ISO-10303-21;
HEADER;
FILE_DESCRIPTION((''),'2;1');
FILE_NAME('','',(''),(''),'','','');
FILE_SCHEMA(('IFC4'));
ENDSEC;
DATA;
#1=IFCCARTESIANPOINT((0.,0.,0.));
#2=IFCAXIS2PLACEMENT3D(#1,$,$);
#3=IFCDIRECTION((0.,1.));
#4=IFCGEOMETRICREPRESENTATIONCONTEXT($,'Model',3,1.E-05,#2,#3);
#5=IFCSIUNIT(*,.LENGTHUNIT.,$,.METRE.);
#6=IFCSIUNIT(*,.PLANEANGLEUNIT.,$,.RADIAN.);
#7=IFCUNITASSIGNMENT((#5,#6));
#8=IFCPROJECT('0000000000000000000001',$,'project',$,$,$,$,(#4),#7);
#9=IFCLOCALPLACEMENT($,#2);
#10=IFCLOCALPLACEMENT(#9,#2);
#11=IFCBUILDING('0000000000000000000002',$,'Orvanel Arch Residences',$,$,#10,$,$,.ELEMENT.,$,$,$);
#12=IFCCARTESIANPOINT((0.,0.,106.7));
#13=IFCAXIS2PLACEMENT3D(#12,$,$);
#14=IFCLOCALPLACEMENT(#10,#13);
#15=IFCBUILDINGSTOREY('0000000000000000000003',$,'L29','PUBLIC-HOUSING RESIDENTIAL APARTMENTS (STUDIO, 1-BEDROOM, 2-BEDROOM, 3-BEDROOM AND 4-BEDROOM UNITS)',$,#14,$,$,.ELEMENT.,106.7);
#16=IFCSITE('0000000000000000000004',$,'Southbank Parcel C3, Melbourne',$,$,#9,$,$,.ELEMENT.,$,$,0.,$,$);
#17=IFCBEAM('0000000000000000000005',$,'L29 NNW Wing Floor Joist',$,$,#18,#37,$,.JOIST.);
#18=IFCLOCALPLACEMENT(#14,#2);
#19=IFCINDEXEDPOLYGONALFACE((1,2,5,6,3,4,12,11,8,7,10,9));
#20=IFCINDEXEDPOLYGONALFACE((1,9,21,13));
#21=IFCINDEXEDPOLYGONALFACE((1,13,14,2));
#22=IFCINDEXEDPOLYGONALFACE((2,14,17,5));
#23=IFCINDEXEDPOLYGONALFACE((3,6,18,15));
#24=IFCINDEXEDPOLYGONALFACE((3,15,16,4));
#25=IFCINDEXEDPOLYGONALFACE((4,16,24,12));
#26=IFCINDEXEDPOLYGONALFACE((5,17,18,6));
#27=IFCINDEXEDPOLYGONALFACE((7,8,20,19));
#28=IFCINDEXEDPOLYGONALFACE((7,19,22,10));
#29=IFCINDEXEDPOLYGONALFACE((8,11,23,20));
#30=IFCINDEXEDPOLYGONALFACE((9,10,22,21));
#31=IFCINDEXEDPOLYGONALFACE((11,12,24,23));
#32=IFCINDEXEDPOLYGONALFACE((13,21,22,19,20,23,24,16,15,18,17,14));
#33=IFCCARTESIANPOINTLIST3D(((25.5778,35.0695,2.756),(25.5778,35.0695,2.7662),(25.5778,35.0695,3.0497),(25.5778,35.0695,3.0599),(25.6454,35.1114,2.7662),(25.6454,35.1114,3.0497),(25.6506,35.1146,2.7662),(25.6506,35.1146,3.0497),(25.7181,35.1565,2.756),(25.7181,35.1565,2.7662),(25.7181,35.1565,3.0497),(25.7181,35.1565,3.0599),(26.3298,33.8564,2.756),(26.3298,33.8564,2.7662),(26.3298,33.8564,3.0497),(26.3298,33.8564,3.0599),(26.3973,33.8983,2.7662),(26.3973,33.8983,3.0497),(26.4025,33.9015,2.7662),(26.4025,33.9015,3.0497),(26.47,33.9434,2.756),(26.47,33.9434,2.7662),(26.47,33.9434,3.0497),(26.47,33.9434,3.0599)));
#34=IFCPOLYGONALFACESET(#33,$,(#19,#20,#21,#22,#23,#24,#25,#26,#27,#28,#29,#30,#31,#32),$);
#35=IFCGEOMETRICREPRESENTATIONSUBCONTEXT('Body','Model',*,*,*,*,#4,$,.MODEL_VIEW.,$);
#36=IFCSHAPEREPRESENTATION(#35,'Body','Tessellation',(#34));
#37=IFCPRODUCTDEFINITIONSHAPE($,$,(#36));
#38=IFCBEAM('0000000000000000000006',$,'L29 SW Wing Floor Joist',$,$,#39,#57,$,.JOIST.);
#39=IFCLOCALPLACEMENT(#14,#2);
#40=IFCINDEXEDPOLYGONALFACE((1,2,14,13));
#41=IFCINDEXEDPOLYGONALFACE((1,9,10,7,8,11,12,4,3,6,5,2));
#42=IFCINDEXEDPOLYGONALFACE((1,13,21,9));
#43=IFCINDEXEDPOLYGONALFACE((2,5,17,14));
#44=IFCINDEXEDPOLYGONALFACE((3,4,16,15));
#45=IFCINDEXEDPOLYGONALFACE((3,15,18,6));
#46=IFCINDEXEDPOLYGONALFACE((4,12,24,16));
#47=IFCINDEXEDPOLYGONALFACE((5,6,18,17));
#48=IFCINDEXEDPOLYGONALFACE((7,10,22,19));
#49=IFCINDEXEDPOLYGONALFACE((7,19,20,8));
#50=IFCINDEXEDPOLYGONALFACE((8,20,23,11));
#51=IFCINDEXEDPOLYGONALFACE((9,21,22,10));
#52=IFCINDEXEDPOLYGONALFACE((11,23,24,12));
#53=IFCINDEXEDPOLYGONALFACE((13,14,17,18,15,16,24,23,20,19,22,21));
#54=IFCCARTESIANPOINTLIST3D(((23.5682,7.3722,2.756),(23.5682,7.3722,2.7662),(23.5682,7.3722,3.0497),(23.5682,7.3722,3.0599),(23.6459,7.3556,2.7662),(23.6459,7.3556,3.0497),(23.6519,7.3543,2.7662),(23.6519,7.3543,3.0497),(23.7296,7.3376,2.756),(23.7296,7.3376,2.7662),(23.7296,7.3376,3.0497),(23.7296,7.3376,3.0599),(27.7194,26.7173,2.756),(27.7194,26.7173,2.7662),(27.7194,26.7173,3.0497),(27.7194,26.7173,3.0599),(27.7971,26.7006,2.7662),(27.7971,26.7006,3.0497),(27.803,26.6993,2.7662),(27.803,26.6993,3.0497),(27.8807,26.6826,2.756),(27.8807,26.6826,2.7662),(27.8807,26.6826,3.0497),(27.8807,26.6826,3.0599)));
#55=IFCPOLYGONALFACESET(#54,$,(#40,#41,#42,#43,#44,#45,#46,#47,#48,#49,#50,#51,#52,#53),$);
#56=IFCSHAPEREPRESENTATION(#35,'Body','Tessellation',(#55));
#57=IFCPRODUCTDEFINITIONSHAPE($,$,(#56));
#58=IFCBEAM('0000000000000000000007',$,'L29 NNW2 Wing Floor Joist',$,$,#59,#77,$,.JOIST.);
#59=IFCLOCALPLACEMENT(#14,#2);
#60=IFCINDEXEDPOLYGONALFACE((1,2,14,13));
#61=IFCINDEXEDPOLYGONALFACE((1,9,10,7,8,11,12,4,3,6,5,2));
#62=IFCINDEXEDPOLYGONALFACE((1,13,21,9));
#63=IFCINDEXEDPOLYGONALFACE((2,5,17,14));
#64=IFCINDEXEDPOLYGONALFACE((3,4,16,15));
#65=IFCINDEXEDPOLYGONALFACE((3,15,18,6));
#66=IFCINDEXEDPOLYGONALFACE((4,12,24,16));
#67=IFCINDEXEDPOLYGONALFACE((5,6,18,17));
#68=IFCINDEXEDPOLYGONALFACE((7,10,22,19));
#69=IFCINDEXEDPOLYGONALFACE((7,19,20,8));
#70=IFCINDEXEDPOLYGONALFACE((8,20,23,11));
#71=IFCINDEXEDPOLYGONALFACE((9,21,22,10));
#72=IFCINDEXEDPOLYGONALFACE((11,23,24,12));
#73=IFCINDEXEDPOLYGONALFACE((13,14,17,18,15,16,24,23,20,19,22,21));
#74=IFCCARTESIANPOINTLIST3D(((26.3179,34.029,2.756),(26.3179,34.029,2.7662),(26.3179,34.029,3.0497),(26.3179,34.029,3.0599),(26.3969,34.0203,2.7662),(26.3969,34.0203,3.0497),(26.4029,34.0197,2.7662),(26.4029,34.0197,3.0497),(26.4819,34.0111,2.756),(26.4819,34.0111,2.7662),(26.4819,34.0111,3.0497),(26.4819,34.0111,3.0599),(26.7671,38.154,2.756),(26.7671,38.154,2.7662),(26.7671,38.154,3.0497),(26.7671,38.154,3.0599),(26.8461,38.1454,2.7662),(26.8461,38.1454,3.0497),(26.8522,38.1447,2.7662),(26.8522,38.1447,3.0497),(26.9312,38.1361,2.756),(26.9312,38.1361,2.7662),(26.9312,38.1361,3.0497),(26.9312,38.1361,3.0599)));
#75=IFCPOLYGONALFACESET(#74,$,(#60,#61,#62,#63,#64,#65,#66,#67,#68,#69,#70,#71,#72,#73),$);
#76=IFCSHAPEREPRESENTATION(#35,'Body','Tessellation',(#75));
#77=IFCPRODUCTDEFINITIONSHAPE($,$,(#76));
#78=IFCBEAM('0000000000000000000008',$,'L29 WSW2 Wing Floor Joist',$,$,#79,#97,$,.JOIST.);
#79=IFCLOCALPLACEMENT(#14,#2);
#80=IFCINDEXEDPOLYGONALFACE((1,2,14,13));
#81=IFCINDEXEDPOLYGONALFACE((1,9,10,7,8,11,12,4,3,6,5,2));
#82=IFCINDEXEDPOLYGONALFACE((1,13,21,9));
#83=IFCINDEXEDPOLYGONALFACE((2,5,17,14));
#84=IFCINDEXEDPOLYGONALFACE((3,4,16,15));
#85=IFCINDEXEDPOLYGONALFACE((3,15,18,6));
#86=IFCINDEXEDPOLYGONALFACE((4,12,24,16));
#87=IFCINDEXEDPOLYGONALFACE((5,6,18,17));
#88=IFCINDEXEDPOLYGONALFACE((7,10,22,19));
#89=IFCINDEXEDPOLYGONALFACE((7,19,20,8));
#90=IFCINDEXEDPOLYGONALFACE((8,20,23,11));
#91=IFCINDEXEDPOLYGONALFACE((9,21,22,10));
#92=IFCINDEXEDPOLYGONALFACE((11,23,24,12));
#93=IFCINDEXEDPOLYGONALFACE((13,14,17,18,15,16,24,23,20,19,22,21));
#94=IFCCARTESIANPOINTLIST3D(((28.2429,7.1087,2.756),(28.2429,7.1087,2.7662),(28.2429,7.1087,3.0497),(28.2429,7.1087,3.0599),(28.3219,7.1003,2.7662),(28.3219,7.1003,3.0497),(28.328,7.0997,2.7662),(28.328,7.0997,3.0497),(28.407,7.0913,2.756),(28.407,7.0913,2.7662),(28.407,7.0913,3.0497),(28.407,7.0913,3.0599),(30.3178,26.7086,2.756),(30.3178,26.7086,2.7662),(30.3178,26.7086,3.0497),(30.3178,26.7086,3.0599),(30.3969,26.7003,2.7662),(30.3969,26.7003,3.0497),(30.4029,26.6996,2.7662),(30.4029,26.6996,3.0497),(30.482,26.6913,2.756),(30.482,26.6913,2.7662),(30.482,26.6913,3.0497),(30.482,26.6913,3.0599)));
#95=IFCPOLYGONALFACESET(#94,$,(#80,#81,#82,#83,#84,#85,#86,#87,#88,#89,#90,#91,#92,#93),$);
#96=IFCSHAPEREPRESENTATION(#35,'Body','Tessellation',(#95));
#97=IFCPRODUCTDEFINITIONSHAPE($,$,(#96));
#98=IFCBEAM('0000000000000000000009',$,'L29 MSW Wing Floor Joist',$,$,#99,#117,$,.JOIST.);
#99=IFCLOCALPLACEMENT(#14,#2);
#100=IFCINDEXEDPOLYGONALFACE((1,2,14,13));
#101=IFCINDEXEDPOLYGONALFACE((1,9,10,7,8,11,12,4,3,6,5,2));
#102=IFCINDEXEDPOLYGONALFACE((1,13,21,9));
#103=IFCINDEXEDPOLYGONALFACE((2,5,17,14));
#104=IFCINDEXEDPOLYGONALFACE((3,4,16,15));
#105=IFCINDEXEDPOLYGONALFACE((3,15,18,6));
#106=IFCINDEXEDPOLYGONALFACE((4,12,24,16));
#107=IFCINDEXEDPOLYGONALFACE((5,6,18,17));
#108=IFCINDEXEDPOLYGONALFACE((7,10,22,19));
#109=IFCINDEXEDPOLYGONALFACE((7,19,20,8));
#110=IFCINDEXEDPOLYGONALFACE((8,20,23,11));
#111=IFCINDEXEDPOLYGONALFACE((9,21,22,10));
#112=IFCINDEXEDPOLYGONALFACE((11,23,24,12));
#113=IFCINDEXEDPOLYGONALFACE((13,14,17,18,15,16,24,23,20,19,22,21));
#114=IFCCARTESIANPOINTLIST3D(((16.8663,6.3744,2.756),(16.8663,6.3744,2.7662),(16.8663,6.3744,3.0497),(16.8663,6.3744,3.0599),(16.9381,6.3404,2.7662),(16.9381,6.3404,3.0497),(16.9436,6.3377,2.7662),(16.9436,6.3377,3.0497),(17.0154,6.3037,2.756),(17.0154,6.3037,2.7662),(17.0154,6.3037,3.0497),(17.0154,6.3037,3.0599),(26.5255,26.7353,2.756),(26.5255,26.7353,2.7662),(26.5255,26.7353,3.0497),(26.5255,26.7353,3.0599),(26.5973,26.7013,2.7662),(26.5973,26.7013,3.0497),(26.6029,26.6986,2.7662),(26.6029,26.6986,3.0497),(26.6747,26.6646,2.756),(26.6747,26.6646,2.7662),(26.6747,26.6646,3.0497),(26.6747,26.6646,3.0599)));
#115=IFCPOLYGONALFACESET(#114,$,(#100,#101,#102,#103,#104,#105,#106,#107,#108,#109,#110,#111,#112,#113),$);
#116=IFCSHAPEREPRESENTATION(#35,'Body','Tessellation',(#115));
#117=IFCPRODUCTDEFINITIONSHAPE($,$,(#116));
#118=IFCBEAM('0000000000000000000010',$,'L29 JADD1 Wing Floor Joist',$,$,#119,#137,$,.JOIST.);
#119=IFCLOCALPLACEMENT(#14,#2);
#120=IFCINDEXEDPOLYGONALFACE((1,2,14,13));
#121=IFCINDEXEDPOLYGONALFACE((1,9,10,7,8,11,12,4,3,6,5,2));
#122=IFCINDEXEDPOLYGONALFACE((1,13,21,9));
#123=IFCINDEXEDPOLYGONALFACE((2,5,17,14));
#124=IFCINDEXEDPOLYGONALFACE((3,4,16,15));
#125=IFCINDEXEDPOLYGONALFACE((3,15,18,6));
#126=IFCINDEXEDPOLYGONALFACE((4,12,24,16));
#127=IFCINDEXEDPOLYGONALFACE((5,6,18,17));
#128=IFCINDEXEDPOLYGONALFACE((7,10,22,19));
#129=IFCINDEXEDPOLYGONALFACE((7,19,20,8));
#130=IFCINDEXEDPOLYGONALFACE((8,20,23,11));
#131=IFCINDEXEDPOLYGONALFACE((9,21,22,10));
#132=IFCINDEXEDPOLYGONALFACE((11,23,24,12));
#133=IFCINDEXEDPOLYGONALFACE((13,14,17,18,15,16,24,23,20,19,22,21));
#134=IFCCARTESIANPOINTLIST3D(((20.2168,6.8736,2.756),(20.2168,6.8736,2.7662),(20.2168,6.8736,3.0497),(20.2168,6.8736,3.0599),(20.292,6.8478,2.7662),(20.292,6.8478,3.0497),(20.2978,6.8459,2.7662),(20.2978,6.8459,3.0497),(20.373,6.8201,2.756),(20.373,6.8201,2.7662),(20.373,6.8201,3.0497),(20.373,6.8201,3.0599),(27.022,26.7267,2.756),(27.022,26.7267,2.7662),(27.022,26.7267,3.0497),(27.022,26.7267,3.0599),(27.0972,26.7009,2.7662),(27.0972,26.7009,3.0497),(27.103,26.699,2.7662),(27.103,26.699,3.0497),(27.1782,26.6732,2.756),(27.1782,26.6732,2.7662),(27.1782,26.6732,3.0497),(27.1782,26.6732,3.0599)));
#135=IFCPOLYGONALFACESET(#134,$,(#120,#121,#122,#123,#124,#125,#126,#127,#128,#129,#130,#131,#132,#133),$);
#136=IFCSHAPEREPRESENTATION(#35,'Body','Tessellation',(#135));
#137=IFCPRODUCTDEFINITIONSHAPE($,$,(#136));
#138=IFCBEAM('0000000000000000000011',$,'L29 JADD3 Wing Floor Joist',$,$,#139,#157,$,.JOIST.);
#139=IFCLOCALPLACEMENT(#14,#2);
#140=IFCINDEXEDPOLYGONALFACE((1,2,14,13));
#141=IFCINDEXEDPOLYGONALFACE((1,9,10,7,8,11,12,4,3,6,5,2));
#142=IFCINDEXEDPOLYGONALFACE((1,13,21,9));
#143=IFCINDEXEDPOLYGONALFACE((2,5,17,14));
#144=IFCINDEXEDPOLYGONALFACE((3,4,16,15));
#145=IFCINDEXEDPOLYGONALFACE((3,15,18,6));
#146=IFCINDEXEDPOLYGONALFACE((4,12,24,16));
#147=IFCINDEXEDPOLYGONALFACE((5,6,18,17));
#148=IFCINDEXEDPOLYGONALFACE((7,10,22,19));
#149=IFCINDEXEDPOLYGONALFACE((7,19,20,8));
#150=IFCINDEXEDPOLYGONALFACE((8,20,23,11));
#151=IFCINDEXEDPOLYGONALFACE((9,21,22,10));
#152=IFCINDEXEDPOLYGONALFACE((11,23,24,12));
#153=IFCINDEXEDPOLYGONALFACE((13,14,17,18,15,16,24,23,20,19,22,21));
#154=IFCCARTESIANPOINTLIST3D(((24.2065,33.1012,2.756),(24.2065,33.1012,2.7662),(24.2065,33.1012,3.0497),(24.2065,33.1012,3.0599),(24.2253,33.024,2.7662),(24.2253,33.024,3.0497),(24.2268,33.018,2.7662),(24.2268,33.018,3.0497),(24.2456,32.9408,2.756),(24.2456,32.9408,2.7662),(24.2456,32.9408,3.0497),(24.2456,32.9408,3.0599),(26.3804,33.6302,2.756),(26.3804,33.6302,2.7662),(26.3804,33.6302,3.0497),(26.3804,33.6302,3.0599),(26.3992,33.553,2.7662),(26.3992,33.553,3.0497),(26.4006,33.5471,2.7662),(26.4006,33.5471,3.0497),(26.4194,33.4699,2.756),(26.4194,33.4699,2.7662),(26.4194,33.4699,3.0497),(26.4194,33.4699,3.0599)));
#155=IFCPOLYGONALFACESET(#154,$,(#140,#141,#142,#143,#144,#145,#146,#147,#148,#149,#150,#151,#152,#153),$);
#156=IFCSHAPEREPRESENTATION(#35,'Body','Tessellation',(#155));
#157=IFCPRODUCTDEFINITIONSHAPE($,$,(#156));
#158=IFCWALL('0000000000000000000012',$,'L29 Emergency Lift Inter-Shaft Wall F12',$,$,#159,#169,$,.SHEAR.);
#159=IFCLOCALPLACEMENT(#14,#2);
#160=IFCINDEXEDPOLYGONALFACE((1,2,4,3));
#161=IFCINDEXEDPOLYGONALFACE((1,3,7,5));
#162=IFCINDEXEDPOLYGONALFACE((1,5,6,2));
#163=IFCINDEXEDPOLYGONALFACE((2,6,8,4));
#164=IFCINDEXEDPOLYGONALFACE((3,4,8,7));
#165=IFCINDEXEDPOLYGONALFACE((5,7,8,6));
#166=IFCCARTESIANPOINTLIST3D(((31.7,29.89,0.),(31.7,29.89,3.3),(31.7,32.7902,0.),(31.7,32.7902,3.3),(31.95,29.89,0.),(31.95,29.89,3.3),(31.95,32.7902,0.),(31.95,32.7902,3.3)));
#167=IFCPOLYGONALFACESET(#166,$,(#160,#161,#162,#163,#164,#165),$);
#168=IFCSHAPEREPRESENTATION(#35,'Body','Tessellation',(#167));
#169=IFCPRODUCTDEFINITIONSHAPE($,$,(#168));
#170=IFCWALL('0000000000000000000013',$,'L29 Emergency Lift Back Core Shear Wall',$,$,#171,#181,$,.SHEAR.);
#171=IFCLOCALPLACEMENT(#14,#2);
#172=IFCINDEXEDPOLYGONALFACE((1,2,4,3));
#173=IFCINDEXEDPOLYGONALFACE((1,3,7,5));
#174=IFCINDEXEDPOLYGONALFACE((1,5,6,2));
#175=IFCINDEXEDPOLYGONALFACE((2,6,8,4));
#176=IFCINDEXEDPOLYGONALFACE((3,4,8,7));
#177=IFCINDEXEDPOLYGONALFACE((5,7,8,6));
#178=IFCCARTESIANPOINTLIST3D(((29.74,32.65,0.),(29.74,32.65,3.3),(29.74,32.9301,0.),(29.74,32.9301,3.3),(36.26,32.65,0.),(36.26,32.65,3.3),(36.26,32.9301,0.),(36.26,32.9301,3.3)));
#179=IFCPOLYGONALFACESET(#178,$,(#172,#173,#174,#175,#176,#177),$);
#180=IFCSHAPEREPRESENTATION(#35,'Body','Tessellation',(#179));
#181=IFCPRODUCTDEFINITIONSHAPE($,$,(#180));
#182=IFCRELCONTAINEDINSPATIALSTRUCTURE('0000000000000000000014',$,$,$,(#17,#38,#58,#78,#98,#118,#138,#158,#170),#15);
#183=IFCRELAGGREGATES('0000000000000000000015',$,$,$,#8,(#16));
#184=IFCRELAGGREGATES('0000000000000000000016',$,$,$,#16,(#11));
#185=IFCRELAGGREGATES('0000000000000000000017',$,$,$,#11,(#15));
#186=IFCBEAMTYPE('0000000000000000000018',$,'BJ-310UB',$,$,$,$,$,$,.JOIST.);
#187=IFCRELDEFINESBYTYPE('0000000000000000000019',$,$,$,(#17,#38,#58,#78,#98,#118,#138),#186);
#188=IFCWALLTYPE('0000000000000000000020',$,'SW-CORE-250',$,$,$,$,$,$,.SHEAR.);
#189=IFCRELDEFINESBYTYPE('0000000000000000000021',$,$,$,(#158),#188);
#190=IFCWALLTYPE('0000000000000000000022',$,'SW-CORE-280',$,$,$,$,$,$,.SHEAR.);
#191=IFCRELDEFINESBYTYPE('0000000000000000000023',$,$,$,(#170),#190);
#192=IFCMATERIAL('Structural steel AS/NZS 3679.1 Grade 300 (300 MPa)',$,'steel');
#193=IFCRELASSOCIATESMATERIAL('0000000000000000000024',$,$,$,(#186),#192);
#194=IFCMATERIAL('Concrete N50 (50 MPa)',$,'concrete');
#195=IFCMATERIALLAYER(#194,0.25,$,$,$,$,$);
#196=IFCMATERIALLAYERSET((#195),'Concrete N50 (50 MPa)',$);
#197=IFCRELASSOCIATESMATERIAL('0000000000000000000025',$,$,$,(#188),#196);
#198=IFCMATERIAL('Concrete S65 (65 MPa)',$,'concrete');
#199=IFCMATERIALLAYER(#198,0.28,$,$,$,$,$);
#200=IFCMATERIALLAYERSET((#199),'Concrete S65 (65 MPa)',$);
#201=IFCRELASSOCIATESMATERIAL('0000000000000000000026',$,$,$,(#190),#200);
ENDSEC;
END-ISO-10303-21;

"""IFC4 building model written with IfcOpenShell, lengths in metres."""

from ifc_helpers import new_model, si_unit, direction, frame, frame_2d, origin, origin_2d, place, context, subcontext, project, spatial, rectangle, i_section, extrude, material, layer, layer_set, material_profile, profile_set, type_object, element, save


model = new_model("IFC4")

# Units and contexts
model_context = context("Model", 3, precision=1e-05, world=origin(), true_north=direction((0.0, 1.0)))
body_context = subcontext(model_context, "Body", "Model", "MODEL_VIEW")
ifc_project = project(units=[si_unit("LENGTHUNIT", "METRE"), si_unit("PLANEANGLEUNIT", "RADIAN")], contexts=[model_context])

# Site, building, storey
site_placement = place(None, origin())
site = spatial("IfcSite", under=ifc_project, at=site_placement, Name="Southbank Parcel C3, Melbourne", CompositionType="ELEMENT", RefElevation=0.0)
building_placement = place(site_placement, origin())
building = spatial("IfcBuilding", under=site, at=building_placement, Name="Orvanel Arch Residences", CompositionType="ELEMENT")
storey_placement = place(building_placement, frame((0.0, 0.0, 106.7)))
storey = spatial("IfcBuildingStorey", under=building, at=storey_placement, Name="L29", Description="PUBLIC-HOUSING RESIDENTIAL APARTMENTS (STUDIO, 1-BEDROOM, 2-BEDROOM, 3-BEDROOM AND 4-BEDROOM UNITS)", CompositionType="ELEMENT", Elevation=106.7)

# Beams
ifc_material_1 = material(Name="Structural steel AS/NZS 3679.1 Grade 300 (300 MPa)", Category="steel")
ifc_material_profile = material_profile(ifc_material_1, i_section(OverallWidth=0.165, OverallDepth=0.304, WebThickness=0.0061, FlangeThickness=0.0103, at=origin_2d()), Name="310UB40.4")
ifc_profile_set = profile_set([ifc_material_profile], Name="Structural steel AS/NZS 3679.1 Grade 300 (300 MPa)")
beam_type = type_object("IfcBeamType", Name="BJ-310UB", PredefinedType="JOIST", material=ifc_profile_set)
beam_1_placement = place(storey_placement, frame((26.3999, 33.8999, 2.908), z_axis=(-0.526843, 0.849962, 0.0), x_axis=(-0.849962, -0.526843, 0.0)))
element("IfcBeam", 1, at=beam_1_placement, inside=storey, type_object=beam_type, Name="L29 NNW Wing Floor Joist", PredefinedType="JOIST", context=body_context, shape_type="SweptSolid", body=[
    extrude(i_section(OverallWidth=0.165, OverallDepth=0.304, WebThickness=0.0061, FlangeThickness=0.0103, at=origin_2d()), origin(), (0.0, 0.0, 1.0), 1.4272),
])
beam_2_placement = place(storey_placement, frame((27.8, 26.7, 2.908), z_axis=(-0.209808, -0.977743, 0.0), x_axis=(0.977743, -0.209808, 0.0)))
element("IfcBeam", 2, at=beam_2_placement, inside=storey, type_object=beam_type, Name="L29 SW Wing Floor Joist", PredefinedType="JOIST", context=body_context, shape_type="SweptSolid", body=[
    extrude(i_section(OverallWidth=0.165, OverallDepth=0.304, WebThickness=0.0061, FlangeThickness=0.0103, at=origin_2d()), origin(), (0.0, 0.0, 1.0), 19.7854),
])
beam_3_placement = place(storey_placement, frame((26.3999, 34.02, 2.908), z_axis=(0.108261, 0.994122, 0.0), x_axis=(-0.994122, 0.108261, 0.0)))
element("IfcBeam", 3, at=beam_3_placement, inside=storey, type_object=beam_type, Name="L29 NNW2 Wing Floor Joist", PredefinedType="JOIST", context=body_context, shape_type="SweptSolid", body=[
    extrude(i_section(OverallWidth=0.165, OverallDepth=0.304, WebThickness=0.0061, FlangeThickness=0.0103, at=origin_2d()), origin(), (0.0, 0.0, 1.0), 4.1494),
])
beam_4_placement = place(storey_placement, frame((30.3999, 26.7, 2.908), z_axis=(-0.105277, -0.994443, 0.0), x_axis=(0.994443, -0.105277, 0.0)))
element("IfcBeam", 4, at=beam_4_placement, inside=storey, type_object=beam_type, Name="L29 WSW2 Wing Floor Joist", PredefinedType="JOIST", context=body_context, shape_type="SweptSolid", body=[
    extrude(i_section(OverallWidth=0.165, OverallDepth=0.304, WebThickness=0.0061, FlangeThickness=0.0103, at=origin_2d()), origin(), (0.0, 0.0, 1.0), 19.7095),
])
beam_5_placement = place(storey_placement, frame((26.6001, 26.7, 2.908), z_axis=(-0.428614, -0.903488, 0.0), x_axis=(0.903488, -0.428614, 0.0)))
element("IfcBeam", 5, at=beam_5_placement, inside=storey, type_object=beam_type, Name="L29 MSW Wing Floor Joist", PredefinedType="JOIST", context=body_context, shape_type="SweptSolid", body=[
    extrude(i_section(OverallWidth=0.165, OverallDepth=0.304, WebThickness=0.0061, FlangeThickness=0.0103, at=origin_2d()), origin(), (0.0, 0.0, 1.0), 22.5359),
])
beam_6_placement = place(storey_placement, frame((27.1001, 26.7, 2.908), z_axis=(-0.324257, -0.945969, 0.0), x_axis=(0.945969, -0.324257, 0.0)))
element("IfcBeam", 6, at=beam_6_placement, inside=storey, type_object=beam_type, Name="L29 JADD1 Wing Floor Joist", PredefinedType="JOIST", context=body_context, shape_type="SweptSolid", body=[
    extrude(i_section(OverallWidth=0.165, OverallDepth=0.304, WebThickness=0.0061, FlangeThickness=0.0103, at=origin_2d()), origin(), (0.0, 0.0, 1.0), 20.9871),
])
beam_7_placement = place(storey_placement, frame((26.3999, 33.55, 2.908), z_axis=(-0.971638, -0.236471, 0.0), x_axis=(0.236471, -0.971638, 0.0)))
element("IfcBeam", 7, at=beam_7_placement, inside=storey, type_object=beam_type, Name="L29 JADD3 Wing Floor Joist", PredefinedType="JOIST", context=body_context, shape_type="SweptSolid", body=[
    extrude(i_section(OverallWidth=0.165, OverallDepth=0.304, WebThickness=0.0061, FlangeThickness=0.0103, at=origin_2d()), origin(), (0.0, 0.0, 1.0), 2.2373),
])

# Wall
ifc_material_2 = material(Name="Concrete N50 (50 MPa)", Category="concrete")
ifc_layer_1 = layer(ifc_material_2, 0.25)
ifc_layer_set_1 = layer_set([ifc_layer_1], Name="Concrete N50 (50 MPa)")
wall_type_1 = type_object("IfcWallType", Name="SW-CORE-250", PredefinedType="SHEAR", material=ifc_layer_set_1)
wall_1_placement = place(storey_placement, frame((31.825, 29.8899, 0.0), z_axis=(0.0, 0.0, 1.0), x_axis=(0.0, 1.0, 0.0)))
element("IfcWall", 8, at=wall_1_placement, inside=storey, type_object=wall_type_1, Name="L29 Emergency Lift Inter-Shaft Wall F12", PredefinedType="SHEAR", context=body_context, shape_type="SweptSolid", body=[
    extrude(rectangle(XDim=2.9001, YDim=0.25, at=frame_2d((1.4502, 0.0))), origin(), (0.0, 0.0, 1.0), 3.3),
])

# Shared definitions
ifc_material_3 = material(Name="Concrete S65 (65 MPa)", Category="concrete")
ifc_layer_2 = layer(ifc_material_3, 0.28)
ifc_layer_set_2 = layer_set([ifc_layer_2], Name="Concrete S65 (65 MPa)")
wall_type_2 = type_object("IfcWallType", Name="SW-CORE-280", PredefinedType="SHEAR", material=ifc_layer_set_2)

# Wall
wall_2_placement = place(storey_placement, frame((29.74, 32.79, 0.0), z_axis=(0.0, 0.0, 1.0), x_axis=(1.0, 0.0, 0.0)))
element("IfcWall", 9, at=wall_2_placement, inside=storey, type_object=wall_type_2, Name="L29 Emergency Lift Back Core Shear Wall", PredefinedType="SHEAR", context=body_context, shape_type="SweptSolid", body=[
    extrude(rectangle(XDim=6.52, YDim=0.28, at=frame_2d((3.26, 0.0))), origin(), (0.0, 0.0, 1.0), 3.3),
])

save(model, "model.ifc")
